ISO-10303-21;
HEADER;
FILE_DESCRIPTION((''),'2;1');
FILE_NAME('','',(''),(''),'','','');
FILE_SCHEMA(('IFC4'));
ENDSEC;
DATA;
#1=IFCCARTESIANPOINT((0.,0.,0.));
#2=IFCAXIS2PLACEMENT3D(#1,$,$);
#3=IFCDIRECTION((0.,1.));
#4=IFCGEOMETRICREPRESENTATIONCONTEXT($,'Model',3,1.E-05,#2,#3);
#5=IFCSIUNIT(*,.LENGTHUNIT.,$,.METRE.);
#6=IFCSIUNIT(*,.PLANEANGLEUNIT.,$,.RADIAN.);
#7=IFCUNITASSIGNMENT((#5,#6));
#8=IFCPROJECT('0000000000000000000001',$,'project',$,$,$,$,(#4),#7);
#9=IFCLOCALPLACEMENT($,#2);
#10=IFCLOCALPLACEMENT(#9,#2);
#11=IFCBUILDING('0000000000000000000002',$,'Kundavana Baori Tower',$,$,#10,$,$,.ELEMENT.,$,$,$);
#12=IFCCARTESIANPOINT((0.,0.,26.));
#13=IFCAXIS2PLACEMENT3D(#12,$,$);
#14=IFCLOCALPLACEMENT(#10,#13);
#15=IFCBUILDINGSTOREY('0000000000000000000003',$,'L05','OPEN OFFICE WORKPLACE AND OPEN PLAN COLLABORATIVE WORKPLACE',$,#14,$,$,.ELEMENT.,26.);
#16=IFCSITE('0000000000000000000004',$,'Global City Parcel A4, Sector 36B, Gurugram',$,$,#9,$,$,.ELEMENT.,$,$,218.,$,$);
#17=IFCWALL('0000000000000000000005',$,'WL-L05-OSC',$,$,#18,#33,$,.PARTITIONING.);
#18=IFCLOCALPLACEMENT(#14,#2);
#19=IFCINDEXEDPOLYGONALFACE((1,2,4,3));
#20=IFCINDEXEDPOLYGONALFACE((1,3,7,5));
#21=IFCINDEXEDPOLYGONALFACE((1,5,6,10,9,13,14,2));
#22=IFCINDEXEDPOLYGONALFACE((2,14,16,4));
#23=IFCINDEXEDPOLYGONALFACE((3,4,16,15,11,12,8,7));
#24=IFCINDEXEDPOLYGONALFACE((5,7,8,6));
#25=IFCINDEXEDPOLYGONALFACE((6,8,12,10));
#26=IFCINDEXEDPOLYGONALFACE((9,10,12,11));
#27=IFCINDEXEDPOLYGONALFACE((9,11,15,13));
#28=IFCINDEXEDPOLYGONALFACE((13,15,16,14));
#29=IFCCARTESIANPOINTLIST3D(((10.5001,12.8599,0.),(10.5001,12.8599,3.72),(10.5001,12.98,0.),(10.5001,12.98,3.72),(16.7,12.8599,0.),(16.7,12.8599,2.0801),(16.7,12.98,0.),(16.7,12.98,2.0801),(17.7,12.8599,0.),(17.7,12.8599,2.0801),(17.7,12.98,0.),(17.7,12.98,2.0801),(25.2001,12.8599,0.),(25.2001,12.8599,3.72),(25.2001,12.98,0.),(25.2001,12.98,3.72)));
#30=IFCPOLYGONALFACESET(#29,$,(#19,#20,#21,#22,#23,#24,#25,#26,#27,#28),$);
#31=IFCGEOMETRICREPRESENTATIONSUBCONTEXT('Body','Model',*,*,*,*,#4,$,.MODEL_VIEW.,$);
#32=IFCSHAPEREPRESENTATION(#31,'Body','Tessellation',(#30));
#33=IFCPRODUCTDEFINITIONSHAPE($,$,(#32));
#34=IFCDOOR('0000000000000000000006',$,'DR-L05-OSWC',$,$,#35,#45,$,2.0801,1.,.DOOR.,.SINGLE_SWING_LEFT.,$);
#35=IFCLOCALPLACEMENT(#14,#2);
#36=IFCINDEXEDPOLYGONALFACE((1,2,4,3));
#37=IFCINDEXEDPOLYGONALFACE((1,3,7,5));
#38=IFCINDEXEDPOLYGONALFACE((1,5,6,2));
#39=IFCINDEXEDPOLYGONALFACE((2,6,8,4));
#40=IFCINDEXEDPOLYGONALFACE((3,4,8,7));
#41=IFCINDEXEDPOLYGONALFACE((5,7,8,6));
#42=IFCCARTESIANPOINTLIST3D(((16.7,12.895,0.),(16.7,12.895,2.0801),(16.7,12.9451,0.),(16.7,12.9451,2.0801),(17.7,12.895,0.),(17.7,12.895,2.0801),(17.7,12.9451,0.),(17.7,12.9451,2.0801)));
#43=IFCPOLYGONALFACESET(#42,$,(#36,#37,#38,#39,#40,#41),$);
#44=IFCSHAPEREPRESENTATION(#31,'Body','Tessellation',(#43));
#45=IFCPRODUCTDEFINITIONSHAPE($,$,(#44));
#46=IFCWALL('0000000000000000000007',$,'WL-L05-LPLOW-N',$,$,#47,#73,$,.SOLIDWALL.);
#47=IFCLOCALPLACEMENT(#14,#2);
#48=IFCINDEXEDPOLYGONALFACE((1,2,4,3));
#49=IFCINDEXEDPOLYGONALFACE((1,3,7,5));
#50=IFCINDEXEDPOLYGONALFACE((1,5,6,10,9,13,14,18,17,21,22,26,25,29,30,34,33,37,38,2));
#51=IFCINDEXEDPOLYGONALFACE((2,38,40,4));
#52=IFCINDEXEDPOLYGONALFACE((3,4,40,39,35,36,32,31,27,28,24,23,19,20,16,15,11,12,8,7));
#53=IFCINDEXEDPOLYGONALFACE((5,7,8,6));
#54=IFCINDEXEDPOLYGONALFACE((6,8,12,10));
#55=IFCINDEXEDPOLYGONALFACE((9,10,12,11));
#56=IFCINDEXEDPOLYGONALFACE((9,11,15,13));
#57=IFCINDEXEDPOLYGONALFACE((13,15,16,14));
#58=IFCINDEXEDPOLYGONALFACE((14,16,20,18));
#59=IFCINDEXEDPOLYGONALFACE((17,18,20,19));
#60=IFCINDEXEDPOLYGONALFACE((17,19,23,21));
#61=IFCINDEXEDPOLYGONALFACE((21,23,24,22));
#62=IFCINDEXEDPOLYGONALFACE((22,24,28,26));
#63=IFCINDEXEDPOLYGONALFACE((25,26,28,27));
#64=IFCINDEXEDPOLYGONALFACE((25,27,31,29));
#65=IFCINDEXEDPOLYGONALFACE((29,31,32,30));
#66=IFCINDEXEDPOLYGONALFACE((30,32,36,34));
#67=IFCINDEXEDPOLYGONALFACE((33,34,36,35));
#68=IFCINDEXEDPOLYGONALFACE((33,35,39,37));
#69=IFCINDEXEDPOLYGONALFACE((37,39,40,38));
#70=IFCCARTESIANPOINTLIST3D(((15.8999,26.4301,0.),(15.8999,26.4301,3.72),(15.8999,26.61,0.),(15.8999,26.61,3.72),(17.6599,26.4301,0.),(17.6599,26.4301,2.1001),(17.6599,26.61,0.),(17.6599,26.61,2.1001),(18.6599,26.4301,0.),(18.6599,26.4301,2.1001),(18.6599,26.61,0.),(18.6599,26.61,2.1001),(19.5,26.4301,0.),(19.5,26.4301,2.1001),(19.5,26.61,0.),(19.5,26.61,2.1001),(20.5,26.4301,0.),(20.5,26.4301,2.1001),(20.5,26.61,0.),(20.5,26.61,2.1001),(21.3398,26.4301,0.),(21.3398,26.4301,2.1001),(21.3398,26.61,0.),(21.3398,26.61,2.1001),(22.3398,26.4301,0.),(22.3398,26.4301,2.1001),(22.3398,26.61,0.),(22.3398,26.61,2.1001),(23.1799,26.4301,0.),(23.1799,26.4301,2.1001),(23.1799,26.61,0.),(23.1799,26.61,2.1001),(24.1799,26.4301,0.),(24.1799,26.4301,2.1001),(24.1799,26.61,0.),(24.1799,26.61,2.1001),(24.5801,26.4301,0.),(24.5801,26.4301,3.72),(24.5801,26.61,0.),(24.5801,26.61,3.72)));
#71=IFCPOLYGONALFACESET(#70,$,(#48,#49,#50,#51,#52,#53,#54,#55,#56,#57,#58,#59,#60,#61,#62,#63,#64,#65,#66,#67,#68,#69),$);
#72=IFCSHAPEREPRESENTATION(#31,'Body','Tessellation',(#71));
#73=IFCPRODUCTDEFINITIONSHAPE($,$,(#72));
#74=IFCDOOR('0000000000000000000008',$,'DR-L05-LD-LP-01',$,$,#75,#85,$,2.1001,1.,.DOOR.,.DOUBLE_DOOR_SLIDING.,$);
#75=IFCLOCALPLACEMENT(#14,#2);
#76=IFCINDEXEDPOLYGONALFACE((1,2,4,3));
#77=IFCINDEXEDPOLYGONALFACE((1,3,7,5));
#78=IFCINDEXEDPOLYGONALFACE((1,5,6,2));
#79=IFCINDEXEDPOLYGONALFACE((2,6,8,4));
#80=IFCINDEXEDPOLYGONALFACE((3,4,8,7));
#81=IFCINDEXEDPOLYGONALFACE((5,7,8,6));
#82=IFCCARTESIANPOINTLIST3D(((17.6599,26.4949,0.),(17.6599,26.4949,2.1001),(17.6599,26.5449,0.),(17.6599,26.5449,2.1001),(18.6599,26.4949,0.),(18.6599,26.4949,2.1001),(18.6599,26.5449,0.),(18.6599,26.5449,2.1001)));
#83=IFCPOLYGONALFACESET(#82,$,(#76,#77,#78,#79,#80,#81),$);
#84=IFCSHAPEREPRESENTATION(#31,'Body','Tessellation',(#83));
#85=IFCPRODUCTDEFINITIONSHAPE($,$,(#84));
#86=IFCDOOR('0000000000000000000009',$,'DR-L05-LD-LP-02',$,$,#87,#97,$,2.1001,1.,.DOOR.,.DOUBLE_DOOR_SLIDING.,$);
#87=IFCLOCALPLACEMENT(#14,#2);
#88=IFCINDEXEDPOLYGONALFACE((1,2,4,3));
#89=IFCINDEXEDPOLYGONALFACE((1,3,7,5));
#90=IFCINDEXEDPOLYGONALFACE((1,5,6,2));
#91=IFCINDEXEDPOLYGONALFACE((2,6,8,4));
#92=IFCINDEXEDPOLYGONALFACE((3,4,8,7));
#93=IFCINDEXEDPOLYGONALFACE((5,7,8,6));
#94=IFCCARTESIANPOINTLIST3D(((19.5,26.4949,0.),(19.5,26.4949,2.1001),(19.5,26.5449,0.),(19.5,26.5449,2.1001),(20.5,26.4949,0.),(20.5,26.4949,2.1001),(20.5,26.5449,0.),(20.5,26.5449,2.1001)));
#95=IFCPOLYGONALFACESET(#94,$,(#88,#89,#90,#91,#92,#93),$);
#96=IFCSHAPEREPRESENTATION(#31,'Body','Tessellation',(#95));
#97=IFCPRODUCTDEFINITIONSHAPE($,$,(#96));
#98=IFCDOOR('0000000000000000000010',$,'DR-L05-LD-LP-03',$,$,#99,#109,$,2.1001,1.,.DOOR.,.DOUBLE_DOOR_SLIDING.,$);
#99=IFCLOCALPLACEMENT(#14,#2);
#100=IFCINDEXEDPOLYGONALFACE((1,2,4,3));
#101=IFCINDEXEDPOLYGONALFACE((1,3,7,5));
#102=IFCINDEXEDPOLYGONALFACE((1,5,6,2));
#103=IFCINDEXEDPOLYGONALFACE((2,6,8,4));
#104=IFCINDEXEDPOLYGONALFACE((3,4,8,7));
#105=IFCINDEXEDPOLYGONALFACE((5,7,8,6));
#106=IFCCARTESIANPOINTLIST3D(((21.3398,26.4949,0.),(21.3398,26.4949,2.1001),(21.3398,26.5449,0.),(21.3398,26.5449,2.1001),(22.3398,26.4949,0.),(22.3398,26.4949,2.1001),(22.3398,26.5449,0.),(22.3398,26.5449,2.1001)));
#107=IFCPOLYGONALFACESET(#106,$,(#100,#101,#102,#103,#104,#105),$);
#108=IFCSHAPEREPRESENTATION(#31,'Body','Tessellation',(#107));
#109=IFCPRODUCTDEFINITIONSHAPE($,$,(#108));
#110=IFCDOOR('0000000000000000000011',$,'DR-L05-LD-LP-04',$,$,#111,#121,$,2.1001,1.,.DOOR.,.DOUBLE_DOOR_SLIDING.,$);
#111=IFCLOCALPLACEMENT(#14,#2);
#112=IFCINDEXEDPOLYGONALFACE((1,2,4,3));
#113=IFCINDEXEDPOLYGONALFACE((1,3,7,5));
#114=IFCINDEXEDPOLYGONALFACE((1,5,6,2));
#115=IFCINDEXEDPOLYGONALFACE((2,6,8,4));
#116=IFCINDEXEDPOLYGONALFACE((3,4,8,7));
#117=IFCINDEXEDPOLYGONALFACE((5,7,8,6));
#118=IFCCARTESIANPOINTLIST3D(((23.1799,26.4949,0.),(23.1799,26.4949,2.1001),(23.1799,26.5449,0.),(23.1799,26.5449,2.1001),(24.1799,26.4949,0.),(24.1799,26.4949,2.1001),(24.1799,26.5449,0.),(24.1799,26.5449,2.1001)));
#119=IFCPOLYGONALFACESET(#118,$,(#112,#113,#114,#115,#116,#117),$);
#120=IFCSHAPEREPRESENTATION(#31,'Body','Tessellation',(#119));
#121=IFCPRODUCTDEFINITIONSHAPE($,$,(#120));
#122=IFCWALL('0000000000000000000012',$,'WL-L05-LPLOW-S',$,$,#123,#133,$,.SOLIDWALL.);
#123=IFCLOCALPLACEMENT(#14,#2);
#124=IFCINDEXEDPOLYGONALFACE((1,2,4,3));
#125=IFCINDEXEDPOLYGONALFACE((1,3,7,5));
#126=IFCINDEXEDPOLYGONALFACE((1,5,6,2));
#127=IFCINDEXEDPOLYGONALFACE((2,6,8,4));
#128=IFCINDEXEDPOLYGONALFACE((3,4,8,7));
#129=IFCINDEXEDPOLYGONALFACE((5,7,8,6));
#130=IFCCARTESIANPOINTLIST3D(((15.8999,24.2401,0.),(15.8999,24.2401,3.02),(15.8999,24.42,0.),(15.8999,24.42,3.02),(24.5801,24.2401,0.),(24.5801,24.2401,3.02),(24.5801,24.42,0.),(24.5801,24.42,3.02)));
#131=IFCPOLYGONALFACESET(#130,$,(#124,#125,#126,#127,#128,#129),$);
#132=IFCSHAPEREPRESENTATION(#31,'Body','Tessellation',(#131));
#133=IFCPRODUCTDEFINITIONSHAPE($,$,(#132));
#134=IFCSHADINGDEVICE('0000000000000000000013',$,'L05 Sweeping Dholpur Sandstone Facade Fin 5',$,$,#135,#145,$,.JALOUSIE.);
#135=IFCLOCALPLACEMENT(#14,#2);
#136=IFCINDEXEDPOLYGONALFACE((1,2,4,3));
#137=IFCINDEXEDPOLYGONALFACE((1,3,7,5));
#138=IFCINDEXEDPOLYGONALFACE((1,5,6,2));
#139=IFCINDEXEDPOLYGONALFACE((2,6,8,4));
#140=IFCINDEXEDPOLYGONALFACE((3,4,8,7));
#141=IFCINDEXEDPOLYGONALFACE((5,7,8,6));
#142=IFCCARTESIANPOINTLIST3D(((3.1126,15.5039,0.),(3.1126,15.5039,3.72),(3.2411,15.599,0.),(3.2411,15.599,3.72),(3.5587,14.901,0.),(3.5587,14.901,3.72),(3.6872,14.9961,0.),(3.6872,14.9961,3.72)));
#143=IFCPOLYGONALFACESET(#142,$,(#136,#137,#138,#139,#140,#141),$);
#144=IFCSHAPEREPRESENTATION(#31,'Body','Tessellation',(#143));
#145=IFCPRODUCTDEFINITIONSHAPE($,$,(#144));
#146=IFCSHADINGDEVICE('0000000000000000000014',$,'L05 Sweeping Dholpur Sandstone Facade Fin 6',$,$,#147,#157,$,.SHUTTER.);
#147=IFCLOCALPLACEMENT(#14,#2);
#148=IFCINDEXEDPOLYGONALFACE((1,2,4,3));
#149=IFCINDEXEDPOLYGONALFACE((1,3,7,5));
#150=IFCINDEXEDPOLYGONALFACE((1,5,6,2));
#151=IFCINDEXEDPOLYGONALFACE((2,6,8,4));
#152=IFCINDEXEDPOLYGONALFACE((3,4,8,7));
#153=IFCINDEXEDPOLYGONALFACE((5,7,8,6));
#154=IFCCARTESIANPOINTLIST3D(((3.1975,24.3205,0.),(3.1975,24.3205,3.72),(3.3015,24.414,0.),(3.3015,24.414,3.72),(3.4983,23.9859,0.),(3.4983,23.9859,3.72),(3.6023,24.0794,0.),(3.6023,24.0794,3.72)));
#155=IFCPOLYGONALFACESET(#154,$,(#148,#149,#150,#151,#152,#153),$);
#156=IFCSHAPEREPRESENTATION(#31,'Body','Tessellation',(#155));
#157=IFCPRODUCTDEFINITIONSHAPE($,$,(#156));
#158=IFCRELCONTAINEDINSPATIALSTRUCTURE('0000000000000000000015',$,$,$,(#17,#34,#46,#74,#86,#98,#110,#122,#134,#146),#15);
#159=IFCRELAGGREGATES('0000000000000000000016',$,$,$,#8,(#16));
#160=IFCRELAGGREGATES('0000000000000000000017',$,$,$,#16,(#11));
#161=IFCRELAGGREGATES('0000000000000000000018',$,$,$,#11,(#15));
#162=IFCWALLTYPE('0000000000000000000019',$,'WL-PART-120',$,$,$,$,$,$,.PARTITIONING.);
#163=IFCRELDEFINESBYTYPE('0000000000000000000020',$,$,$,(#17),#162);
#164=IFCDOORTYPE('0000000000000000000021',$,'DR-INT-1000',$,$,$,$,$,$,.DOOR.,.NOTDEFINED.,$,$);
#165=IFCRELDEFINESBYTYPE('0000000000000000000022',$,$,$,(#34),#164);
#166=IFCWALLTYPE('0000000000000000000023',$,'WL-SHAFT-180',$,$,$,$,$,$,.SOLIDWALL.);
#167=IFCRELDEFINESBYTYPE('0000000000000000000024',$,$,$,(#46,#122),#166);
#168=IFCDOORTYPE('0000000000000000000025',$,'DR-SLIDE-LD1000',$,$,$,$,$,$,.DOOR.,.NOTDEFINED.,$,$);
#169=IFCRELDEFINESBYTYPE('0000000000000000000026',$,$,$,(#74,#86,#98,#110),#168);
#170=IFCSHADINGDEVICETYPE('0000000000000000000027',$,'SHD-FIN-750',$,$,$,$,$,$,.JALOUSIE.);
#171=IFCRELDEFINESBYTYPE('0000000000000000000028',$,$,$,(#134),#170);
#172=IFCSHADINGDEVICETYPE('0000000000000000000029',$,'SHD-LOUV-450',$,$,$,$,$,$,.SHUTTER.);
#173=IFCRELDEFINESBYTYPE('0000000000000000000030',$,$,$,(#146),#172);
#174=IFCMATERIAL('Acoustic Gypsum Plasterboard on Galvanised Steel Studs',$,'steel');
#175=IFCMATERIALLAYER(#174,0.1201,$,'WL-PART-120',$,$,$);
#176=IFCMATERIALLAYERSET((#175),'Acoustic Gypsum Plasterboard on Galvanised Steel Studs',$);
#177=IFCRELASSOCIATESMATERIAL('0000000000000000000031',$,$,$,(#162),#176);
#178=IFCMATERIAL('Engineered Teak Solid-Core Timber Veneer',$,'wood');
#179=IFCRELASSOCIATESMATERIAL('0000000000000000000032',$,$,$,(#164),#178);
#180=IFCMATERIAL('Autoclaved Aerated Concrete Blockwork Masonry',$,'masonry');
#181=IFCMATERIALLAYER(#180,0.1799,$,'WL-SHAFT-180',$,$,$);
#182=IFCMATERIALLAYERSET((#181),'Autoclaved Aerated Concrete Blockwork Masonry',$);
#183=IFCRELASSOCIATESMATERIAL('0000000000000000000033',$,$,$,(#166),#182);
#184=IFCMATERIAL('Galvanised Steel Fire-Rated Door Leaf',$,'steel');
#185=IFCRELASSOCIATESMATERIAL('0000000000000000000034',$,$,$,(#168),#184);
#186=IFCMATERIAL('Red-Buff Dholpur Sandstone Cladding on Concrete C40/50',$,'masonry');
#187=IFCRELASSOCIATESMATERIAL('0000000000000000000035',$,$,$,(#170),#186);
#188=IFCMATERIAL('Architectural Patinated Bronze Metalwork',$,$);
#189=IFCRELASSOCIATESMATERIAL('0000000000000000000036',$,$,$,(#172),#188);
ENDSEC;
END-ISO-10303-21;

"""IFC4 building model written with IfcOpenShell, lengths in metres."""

from ifc_helpers import new_model, si_unit, direction, frame, frame_2d, origin, origin_2d, place, context, subcontext, project, spatial, rectangle, extrude, material, layer, layer_set, type_object, element, fill, save


model = new_model("IFC4")

# Units and contexts
model_context = context("Model", 3, precision=1e-05, world=origin(), true_north=direction((0.0, 1.0)))
body_context = subcontext(model_context, "Body", "Model", "MODEL_VIEW")
ifc_project = project(units=[si_unit("LENGTHUNIT", "METRE"), si_unit("PLANEANGLEUNIT", "RADIAN")], contexts=[model_context])

# Site, building, storey
site_placement = place(None, origin())
site = spatial("IfcSite", under=ifc_project, at=site_placement, Name="Global City Parcel A4, Sector 36B, Gurugram", CompositionType="ELEMENT", RefElevation=218.0)
building_placement = place(site_placement, origin())
building = spatial("IfcBuilding", under=site, at=building_placement, Name="Kundavana Baori Tower", CompositionType="ELEMENT")
storey_placement = place(building_placement, frame((0.0, 0.0, 26.0)))
storey = spatial("IfcBuildingStorey", under=building, at=storey_placement, Name="L05", Description="OPEN OFFICE WORKPLACE AND OPEN PLAN COLLABORATIVE WORKPLACE", CompositionType="ELEMENT", Elevation=26.0)

# Shared definitions
ifc_material_1 = material(Name="Acoustic Gypsum Plasterboard on Galvanised Steel Studs", Category="steel")
ifc_layer_1 = layer(ifc_material_1, 0.1201, Name="WL-PART-120")
ifc_layer_set_1 = layer_set([ifc_layer_1], Name="Acoustic Gypsum Plasterboard on Galvanised Steel Studs")
wall_type_1 = type_object("IfcWallType", Name="WL-PART-120", PredefinedType="PARTITIONING", material=ifc_layer_set_1)

# Wall, opening, door
wall_1_placement = place(storey_placement, frame((10.5, 12.9199, 0.0), z_axis=(0.0, 0.0, 1.0), x_axis=(1.0, 0.0, 0.0)))
wall_1 = element("IfcWall", 1, at=wall_1_placement, inside=storey, type_object=wall_type_1, Name="WL-L05-OSC", PredefinedType="PARTITIONING", context=body_context, shape_type="SweptSolid", body=[
    extrude(rectangle(XDim=14.7, YDim=0.1201, at=frame_2d((7.3501, 0.0))), origin(), (0.0, 0.0, 1.0), 3.72),
])
opening_1_placement = place(wall_1_placement, frame((6.2, 0.0, 0.0)))
opening_1 = element("IfcOpeningElement", 2, at=opening_1_placement, cuts=wall_1, PredefinedType="OPENING", context=body_context, shape_type="SweptSolid", body=[
    extrude(rectangle(XDim=1.0, YDim=2.0801, at=frame_2d((0.5, 1.04))), frame((0.0, 0.0701, 0.0), z_axis=(0.0, -1.0, 0.0), x_axis=(1.0, 0.0, 0.0)), (0.0, 0.0, 1.0), 0.1401),
])
ifc_material_2 = material(Name="Engineered Teak Solid-Core Timber Veneer", Category="wood")
door_type_1 = type_object("IfcDoorType", Name="DR-INT-1000", OperationType="NOTDEFINED", PredefinedType="DOOR", material=ifc_material_2)
door_1_placement = place(opening_1_placement, frame((1.0, 0.0, 0.0), z_axis=(0.0, 0.0, 1.0), x_axis=(-1.0, 0.0, 0.0)))
door_1 = element("IfcDoor", 3, at=door_1_placement, inside=storey, type_object=door_type_1, Name="DR-L05-OSWC", OperationType="SINGLE_SWING_LEFT", OverallHeight=2.0801, OverallWidth=1.0, PredefinedType="DOOR", context=body_context, shape_type="SweptSolid", body=[
    extrude(rectangle(XDim=1.0, YDim=2.0801, at=frame_2d((0.5, 1.04))), frame((0.0, 0.0249, 0.0), z_axis=(0.0, -1.0, 0.0), x_axis=(1.0, 0.0, 0.0)), (0.0, 0.0, 1.0), 0.05),
])
fill(opening_1, door_1)

# Wall, openings, doors
ifc_material_3 = material(Name="Autoclaved Aerated Concrete Blockwork Masonry", Category="masonry")
ifc_layer_2 = layer(ifc_material_3, 0.1799, Name="WL-SHAFT-180")
ifc_layer_set_2 = layer_set([ifc_layer_2], Name="Autoclaved Aerated Concrete Blockwork Masonry")
wall_type_2 = type_object("IfcWallType", Name="WL-SHAFT-180", PredefinedType="SOLIDWALL", material=ifc_layer_set_2)
wall_2_placement = place(storey_placement, frame((15.8999, 26.52, 0.0), z_axis=(0.0, 0.0, 1.0), x_axis=(1.0, 0.0, 0.0)))
wall_2 = element("IfcWall", 4, at=wall_2_placement, inside=storey, type_object=wall_type_2, Name="WL-L05-LPLOW-N", PredefinedType="SOLIDWALL", context=body_context, shape_type="SweptSolid", body=[
    extrude(rectangle(XDim=8.6802, YDim=0.1799, at=frame_2d((4.3401, 0.0))), origin(), (0.0, 0.0, 1.0), 3.72),
])
opening_2_placement = place(wall_2_placement, frame((1.76, 0.0, 0.0)))
opening_2 = element("IfcOpeningElement", 5, at=opening_2_placement, cuts=wall_2, PredefinedType="OPENING", context=body_context, shape_type="SweptSolid", body=[
    extrude(rectangle(XDim=1.0, YDim=2.1001, at=frame_2d((0.5, 1.05))), frame((0.0, 0.1001, 0.0), z_axis=(0.0, -1.0, 0.0), x_axis=(1.0, 0.0, 0.0)), (0.0, 0.0, 1.0), 0.2),
])
opening_3_placement = place(wall_2_placement, frame((3.6001, 0.0, 0.0)))
opening_3 = element("IfcOpeningElement", 6, at=opening_3_placement, cuts=wall_2, PredefinedType="OPENING", context=body_context, shape_type="SweptSolid", body=[
    extrude(rectangle(XDim=1.0, YDim=2.1001, at=frame_2d((0.5, 1.05))), frame((0.0, 0.1001, 0.0), z_axis=(0.0, -1.0, 0.0), x_axis=(1.0, 0.0, 0.0)), (0.0, 0.0, 1.0), 0.2),
])
opening_4_placement = place(wall_2_placement, frame((5.4399, 0.0, 0.0)))
opening_4 = element("IfcOpeningElement", 7, at=opening_4_placement, cuts=wall_2, PredefinedType="OPENING", context=body_context, shape_type="SweptSolid", body=[
    extrude(rectangle(XDim=1.0, YDim=2.1001, at=frame_2d((0.5, 1.05))), frame((0.0, 0.1001, 0.0), z_axis=(0.0, -1.0, 0.0), x_axis=(1.0, 0.0, 0.0)), (0.0, 0.0, 1.0), 0.2),
])
opening_5_placement = place(wall_2_placement, frame((7.28, 0.0, 0.0)))
opening_5 = element("IfcOpeningElement", 8, at=opening_5_placement, cuts=wall_2, PredefinedType="OPENING", context=body_context, shape_type="SweptSolid", body=[
    extrude(rectangle(XDim=1.0, YDim=2.1001, at=frame_2d((0.5, 1.05))), frame((0.0, 0.1001, 0.0), z_axis=(0.0, -1.0, 0.0), x_axis=(1.0, 0.0, 0.0)), (0.0, 0.0, 1.0), 0.2),
])
ifc_material_4 = material(Name="Galvanised Steel Fire-Rated Door Leaf", Category="steel")
door_type_2 = type_object("IfcDoorType", Name="DR-SLIDE-LD1000", OperationType="NOTDEFINED", PredefinedType="DOOR", material=ifc_material_4)
door_2_placement = place(opening_2_placement, origin())
door_2 = element("IfcDoor", 9, at=door_2_placement, inside=storey, type_object=door_type_2, Name="DR-L05-LD-LP-01", OperationType="DOUBLE_DOOR_SLIDING", OverallHeight=2.1001, OverallWidth=1.0, PredefinedType="DOOR", context=body_context, shape_type="SweptSolid", body=[
    extrude(rectangle(XDim=1.0, YDim=2.1001, at=frame_2d((0.5, 1.05))), frame((0.0, 0.0249, 0.0), z_axis=(0.0, -1.0, 0.0), x_axis=(1.0, 0.0, 0.0)), (0.0, 0.0, 1.0), 0.05),
])
fill(opening_2, door_2)
door_3_placement = place(opening_3_placement, origin())
door_3 = element("IfcDoor", 10, at=door_3_placement, inside=storey, type_object=door_type_2, Name="DR-L05-LD-LP-02", OperationType="DOUBLE_DOOR_SLIDING", OverallHeight=2.1001, OverallWidth=1.0, PredefinedType="DOOR", context=body_context, shape_type="SweptSolid", body=[
    extrude(rectangle(XDim=1.0, YDim=2.1001, at=frame_2d((0.5, 1.05))), frame((0.0, 0.0249, 0.0), z_axis=(0.0, -1.0, 0.0), x_axis=(1.0, 0.0, 0.0)), (0.0, 0.0, 1.0), 0.05),
])
fill(opening_3, door_3)
door_4_placement = place(opening_4_placement, origin())
door_4 = element("IfcDoor", 11, at=door_4_placement, inside=storey, type_object=door_type_2, Name="DR-L05-LD-LP-03", OperationType="DOUBLE_DOOR_SLIDING", OverallHeight=2.1001, OverallWidth=1.0, PredefinedType="DOOR", context=body_context, shape_type="SweptSolid", body=[
    extrude(rectangle(XDim=1.0, YDim=2.1001, at=frame_2d((0.5, 1.05))), frame((0.0, 0.0249, 0.0), z_axis=(0.0, -1.0, 0.0), x_axis=(1.0, 0.0, 0.0)), (0.0, 0.0, 1.0), 0.05),
])
fill(opening_4, door_4)
door_5_placement = place(opening_5_placement, origin())
door_5 = element("IfcDoor", 12, at=door_5_placement, inside=storey, type_object=door_type_2, Name="DR-L05-LD-LP-04", OperationType="DOUBLE_DOOR_SLIDING", OverallHeight=2.1001, OverallWidth=1.0, PredefinedType="DOOR", context=body_context, shape_type="SweptSolid", body=[
    extrude(rectangle(XDim=1.0, YDim=2.1001, at=frame_2d((0.5, 1.05))), frame((0.0, 0.0249, 0.0), z_axis=(0.0, -1.0, 0.0), x_axis=(1.0, 0.0, 0.0)), (0.0, 0.0, 1.0), 0.05),
])
fill(opening_5, door_5)

# Wall
wall_3_placement = place(storey_placement, frame((15.8999, 24.3301, 0.0), z_axis=(0.0, 0.0, 1.0), x_axis=(1.0, 0.0, 0.0)))
element("IfcWall", 13, at=wall_3_placement, inside=storey, type_object=wall_type_2, Name="WL-L05-LPLOW-S", PredefinedType="SOLIDWALL", context=body_context, shape_type="SweptSolid", body=[
    extrude(rectangle(XDim=8.6802, YDim=0.1799, at=frame_2d((4.3401, 0.0))), origin(), (0.0, 0.0, 1.0), 3.02),
])

# Shading devices
ifc_material_5 = material(Name="Red-Buff Dholpur Sandstone Cladding on Concrete C40/50", Category="masonry")
shading_device_type_1 = type_object("IfcShadingDeviceType", Name="SHD-FIN-750", PredefinedType="JALOUSIE", material=ifc_material_5)
shading_device_1_placement = place(storey_placement, frame((3.3999, 15.25, 0.0), z_axis=(0.0, 0.0, 1.0), x_axis=(0.803857, 0.594823, 0.0)))
element("IfcShadingDevice", 14, at=shading_device_1_placement, inside=storey, type_object=shading_device_type_1, Name="L05 Sweeping Dholpur Sandstone Facade Fin 5", PredefinedType="JALOUSIE", context=body_context, shape_type="SweptSolid", body=[
    extrude(rectangle(XDim=0.1599, YDim=0.75, at=origin_2d()), origin(), (0.0, 0.0, 1.0), 3.72),
])
ifc_material_6 = material(Name="Architectural Patinated Bronze Metalwork")
shading_device_type_2 = type_object("IfcShadingDeviceType", Name="SHD-LOUV-450", PredefinedType="SHUTTER", material=ifc_material_6)
shading_device_2_placement = place(storey_placement, frame((3.3999, 24.2, 0.0), z_axis=(0.0, 0.0, 1.0), x_axis=(0.743728, 0.668482, 0.0)))
element("IfcShadingDevice", 15, at=shading_device_2_placement, inside=storey, type_object=shading_device_type_2, Name="L05 Sweeping Dholpur Sandstone Facade Fin 6", PredefinedType="SHUTTER", context=body_context, shape_type="SweptSolid", body=[
    extrude(rectangle(XDim=0.1399, YDim=0.45, at=origin_2d()), origin(), (0.0, 0.0, 1.0), 3.72),
])

save(model, "model.ifc")
